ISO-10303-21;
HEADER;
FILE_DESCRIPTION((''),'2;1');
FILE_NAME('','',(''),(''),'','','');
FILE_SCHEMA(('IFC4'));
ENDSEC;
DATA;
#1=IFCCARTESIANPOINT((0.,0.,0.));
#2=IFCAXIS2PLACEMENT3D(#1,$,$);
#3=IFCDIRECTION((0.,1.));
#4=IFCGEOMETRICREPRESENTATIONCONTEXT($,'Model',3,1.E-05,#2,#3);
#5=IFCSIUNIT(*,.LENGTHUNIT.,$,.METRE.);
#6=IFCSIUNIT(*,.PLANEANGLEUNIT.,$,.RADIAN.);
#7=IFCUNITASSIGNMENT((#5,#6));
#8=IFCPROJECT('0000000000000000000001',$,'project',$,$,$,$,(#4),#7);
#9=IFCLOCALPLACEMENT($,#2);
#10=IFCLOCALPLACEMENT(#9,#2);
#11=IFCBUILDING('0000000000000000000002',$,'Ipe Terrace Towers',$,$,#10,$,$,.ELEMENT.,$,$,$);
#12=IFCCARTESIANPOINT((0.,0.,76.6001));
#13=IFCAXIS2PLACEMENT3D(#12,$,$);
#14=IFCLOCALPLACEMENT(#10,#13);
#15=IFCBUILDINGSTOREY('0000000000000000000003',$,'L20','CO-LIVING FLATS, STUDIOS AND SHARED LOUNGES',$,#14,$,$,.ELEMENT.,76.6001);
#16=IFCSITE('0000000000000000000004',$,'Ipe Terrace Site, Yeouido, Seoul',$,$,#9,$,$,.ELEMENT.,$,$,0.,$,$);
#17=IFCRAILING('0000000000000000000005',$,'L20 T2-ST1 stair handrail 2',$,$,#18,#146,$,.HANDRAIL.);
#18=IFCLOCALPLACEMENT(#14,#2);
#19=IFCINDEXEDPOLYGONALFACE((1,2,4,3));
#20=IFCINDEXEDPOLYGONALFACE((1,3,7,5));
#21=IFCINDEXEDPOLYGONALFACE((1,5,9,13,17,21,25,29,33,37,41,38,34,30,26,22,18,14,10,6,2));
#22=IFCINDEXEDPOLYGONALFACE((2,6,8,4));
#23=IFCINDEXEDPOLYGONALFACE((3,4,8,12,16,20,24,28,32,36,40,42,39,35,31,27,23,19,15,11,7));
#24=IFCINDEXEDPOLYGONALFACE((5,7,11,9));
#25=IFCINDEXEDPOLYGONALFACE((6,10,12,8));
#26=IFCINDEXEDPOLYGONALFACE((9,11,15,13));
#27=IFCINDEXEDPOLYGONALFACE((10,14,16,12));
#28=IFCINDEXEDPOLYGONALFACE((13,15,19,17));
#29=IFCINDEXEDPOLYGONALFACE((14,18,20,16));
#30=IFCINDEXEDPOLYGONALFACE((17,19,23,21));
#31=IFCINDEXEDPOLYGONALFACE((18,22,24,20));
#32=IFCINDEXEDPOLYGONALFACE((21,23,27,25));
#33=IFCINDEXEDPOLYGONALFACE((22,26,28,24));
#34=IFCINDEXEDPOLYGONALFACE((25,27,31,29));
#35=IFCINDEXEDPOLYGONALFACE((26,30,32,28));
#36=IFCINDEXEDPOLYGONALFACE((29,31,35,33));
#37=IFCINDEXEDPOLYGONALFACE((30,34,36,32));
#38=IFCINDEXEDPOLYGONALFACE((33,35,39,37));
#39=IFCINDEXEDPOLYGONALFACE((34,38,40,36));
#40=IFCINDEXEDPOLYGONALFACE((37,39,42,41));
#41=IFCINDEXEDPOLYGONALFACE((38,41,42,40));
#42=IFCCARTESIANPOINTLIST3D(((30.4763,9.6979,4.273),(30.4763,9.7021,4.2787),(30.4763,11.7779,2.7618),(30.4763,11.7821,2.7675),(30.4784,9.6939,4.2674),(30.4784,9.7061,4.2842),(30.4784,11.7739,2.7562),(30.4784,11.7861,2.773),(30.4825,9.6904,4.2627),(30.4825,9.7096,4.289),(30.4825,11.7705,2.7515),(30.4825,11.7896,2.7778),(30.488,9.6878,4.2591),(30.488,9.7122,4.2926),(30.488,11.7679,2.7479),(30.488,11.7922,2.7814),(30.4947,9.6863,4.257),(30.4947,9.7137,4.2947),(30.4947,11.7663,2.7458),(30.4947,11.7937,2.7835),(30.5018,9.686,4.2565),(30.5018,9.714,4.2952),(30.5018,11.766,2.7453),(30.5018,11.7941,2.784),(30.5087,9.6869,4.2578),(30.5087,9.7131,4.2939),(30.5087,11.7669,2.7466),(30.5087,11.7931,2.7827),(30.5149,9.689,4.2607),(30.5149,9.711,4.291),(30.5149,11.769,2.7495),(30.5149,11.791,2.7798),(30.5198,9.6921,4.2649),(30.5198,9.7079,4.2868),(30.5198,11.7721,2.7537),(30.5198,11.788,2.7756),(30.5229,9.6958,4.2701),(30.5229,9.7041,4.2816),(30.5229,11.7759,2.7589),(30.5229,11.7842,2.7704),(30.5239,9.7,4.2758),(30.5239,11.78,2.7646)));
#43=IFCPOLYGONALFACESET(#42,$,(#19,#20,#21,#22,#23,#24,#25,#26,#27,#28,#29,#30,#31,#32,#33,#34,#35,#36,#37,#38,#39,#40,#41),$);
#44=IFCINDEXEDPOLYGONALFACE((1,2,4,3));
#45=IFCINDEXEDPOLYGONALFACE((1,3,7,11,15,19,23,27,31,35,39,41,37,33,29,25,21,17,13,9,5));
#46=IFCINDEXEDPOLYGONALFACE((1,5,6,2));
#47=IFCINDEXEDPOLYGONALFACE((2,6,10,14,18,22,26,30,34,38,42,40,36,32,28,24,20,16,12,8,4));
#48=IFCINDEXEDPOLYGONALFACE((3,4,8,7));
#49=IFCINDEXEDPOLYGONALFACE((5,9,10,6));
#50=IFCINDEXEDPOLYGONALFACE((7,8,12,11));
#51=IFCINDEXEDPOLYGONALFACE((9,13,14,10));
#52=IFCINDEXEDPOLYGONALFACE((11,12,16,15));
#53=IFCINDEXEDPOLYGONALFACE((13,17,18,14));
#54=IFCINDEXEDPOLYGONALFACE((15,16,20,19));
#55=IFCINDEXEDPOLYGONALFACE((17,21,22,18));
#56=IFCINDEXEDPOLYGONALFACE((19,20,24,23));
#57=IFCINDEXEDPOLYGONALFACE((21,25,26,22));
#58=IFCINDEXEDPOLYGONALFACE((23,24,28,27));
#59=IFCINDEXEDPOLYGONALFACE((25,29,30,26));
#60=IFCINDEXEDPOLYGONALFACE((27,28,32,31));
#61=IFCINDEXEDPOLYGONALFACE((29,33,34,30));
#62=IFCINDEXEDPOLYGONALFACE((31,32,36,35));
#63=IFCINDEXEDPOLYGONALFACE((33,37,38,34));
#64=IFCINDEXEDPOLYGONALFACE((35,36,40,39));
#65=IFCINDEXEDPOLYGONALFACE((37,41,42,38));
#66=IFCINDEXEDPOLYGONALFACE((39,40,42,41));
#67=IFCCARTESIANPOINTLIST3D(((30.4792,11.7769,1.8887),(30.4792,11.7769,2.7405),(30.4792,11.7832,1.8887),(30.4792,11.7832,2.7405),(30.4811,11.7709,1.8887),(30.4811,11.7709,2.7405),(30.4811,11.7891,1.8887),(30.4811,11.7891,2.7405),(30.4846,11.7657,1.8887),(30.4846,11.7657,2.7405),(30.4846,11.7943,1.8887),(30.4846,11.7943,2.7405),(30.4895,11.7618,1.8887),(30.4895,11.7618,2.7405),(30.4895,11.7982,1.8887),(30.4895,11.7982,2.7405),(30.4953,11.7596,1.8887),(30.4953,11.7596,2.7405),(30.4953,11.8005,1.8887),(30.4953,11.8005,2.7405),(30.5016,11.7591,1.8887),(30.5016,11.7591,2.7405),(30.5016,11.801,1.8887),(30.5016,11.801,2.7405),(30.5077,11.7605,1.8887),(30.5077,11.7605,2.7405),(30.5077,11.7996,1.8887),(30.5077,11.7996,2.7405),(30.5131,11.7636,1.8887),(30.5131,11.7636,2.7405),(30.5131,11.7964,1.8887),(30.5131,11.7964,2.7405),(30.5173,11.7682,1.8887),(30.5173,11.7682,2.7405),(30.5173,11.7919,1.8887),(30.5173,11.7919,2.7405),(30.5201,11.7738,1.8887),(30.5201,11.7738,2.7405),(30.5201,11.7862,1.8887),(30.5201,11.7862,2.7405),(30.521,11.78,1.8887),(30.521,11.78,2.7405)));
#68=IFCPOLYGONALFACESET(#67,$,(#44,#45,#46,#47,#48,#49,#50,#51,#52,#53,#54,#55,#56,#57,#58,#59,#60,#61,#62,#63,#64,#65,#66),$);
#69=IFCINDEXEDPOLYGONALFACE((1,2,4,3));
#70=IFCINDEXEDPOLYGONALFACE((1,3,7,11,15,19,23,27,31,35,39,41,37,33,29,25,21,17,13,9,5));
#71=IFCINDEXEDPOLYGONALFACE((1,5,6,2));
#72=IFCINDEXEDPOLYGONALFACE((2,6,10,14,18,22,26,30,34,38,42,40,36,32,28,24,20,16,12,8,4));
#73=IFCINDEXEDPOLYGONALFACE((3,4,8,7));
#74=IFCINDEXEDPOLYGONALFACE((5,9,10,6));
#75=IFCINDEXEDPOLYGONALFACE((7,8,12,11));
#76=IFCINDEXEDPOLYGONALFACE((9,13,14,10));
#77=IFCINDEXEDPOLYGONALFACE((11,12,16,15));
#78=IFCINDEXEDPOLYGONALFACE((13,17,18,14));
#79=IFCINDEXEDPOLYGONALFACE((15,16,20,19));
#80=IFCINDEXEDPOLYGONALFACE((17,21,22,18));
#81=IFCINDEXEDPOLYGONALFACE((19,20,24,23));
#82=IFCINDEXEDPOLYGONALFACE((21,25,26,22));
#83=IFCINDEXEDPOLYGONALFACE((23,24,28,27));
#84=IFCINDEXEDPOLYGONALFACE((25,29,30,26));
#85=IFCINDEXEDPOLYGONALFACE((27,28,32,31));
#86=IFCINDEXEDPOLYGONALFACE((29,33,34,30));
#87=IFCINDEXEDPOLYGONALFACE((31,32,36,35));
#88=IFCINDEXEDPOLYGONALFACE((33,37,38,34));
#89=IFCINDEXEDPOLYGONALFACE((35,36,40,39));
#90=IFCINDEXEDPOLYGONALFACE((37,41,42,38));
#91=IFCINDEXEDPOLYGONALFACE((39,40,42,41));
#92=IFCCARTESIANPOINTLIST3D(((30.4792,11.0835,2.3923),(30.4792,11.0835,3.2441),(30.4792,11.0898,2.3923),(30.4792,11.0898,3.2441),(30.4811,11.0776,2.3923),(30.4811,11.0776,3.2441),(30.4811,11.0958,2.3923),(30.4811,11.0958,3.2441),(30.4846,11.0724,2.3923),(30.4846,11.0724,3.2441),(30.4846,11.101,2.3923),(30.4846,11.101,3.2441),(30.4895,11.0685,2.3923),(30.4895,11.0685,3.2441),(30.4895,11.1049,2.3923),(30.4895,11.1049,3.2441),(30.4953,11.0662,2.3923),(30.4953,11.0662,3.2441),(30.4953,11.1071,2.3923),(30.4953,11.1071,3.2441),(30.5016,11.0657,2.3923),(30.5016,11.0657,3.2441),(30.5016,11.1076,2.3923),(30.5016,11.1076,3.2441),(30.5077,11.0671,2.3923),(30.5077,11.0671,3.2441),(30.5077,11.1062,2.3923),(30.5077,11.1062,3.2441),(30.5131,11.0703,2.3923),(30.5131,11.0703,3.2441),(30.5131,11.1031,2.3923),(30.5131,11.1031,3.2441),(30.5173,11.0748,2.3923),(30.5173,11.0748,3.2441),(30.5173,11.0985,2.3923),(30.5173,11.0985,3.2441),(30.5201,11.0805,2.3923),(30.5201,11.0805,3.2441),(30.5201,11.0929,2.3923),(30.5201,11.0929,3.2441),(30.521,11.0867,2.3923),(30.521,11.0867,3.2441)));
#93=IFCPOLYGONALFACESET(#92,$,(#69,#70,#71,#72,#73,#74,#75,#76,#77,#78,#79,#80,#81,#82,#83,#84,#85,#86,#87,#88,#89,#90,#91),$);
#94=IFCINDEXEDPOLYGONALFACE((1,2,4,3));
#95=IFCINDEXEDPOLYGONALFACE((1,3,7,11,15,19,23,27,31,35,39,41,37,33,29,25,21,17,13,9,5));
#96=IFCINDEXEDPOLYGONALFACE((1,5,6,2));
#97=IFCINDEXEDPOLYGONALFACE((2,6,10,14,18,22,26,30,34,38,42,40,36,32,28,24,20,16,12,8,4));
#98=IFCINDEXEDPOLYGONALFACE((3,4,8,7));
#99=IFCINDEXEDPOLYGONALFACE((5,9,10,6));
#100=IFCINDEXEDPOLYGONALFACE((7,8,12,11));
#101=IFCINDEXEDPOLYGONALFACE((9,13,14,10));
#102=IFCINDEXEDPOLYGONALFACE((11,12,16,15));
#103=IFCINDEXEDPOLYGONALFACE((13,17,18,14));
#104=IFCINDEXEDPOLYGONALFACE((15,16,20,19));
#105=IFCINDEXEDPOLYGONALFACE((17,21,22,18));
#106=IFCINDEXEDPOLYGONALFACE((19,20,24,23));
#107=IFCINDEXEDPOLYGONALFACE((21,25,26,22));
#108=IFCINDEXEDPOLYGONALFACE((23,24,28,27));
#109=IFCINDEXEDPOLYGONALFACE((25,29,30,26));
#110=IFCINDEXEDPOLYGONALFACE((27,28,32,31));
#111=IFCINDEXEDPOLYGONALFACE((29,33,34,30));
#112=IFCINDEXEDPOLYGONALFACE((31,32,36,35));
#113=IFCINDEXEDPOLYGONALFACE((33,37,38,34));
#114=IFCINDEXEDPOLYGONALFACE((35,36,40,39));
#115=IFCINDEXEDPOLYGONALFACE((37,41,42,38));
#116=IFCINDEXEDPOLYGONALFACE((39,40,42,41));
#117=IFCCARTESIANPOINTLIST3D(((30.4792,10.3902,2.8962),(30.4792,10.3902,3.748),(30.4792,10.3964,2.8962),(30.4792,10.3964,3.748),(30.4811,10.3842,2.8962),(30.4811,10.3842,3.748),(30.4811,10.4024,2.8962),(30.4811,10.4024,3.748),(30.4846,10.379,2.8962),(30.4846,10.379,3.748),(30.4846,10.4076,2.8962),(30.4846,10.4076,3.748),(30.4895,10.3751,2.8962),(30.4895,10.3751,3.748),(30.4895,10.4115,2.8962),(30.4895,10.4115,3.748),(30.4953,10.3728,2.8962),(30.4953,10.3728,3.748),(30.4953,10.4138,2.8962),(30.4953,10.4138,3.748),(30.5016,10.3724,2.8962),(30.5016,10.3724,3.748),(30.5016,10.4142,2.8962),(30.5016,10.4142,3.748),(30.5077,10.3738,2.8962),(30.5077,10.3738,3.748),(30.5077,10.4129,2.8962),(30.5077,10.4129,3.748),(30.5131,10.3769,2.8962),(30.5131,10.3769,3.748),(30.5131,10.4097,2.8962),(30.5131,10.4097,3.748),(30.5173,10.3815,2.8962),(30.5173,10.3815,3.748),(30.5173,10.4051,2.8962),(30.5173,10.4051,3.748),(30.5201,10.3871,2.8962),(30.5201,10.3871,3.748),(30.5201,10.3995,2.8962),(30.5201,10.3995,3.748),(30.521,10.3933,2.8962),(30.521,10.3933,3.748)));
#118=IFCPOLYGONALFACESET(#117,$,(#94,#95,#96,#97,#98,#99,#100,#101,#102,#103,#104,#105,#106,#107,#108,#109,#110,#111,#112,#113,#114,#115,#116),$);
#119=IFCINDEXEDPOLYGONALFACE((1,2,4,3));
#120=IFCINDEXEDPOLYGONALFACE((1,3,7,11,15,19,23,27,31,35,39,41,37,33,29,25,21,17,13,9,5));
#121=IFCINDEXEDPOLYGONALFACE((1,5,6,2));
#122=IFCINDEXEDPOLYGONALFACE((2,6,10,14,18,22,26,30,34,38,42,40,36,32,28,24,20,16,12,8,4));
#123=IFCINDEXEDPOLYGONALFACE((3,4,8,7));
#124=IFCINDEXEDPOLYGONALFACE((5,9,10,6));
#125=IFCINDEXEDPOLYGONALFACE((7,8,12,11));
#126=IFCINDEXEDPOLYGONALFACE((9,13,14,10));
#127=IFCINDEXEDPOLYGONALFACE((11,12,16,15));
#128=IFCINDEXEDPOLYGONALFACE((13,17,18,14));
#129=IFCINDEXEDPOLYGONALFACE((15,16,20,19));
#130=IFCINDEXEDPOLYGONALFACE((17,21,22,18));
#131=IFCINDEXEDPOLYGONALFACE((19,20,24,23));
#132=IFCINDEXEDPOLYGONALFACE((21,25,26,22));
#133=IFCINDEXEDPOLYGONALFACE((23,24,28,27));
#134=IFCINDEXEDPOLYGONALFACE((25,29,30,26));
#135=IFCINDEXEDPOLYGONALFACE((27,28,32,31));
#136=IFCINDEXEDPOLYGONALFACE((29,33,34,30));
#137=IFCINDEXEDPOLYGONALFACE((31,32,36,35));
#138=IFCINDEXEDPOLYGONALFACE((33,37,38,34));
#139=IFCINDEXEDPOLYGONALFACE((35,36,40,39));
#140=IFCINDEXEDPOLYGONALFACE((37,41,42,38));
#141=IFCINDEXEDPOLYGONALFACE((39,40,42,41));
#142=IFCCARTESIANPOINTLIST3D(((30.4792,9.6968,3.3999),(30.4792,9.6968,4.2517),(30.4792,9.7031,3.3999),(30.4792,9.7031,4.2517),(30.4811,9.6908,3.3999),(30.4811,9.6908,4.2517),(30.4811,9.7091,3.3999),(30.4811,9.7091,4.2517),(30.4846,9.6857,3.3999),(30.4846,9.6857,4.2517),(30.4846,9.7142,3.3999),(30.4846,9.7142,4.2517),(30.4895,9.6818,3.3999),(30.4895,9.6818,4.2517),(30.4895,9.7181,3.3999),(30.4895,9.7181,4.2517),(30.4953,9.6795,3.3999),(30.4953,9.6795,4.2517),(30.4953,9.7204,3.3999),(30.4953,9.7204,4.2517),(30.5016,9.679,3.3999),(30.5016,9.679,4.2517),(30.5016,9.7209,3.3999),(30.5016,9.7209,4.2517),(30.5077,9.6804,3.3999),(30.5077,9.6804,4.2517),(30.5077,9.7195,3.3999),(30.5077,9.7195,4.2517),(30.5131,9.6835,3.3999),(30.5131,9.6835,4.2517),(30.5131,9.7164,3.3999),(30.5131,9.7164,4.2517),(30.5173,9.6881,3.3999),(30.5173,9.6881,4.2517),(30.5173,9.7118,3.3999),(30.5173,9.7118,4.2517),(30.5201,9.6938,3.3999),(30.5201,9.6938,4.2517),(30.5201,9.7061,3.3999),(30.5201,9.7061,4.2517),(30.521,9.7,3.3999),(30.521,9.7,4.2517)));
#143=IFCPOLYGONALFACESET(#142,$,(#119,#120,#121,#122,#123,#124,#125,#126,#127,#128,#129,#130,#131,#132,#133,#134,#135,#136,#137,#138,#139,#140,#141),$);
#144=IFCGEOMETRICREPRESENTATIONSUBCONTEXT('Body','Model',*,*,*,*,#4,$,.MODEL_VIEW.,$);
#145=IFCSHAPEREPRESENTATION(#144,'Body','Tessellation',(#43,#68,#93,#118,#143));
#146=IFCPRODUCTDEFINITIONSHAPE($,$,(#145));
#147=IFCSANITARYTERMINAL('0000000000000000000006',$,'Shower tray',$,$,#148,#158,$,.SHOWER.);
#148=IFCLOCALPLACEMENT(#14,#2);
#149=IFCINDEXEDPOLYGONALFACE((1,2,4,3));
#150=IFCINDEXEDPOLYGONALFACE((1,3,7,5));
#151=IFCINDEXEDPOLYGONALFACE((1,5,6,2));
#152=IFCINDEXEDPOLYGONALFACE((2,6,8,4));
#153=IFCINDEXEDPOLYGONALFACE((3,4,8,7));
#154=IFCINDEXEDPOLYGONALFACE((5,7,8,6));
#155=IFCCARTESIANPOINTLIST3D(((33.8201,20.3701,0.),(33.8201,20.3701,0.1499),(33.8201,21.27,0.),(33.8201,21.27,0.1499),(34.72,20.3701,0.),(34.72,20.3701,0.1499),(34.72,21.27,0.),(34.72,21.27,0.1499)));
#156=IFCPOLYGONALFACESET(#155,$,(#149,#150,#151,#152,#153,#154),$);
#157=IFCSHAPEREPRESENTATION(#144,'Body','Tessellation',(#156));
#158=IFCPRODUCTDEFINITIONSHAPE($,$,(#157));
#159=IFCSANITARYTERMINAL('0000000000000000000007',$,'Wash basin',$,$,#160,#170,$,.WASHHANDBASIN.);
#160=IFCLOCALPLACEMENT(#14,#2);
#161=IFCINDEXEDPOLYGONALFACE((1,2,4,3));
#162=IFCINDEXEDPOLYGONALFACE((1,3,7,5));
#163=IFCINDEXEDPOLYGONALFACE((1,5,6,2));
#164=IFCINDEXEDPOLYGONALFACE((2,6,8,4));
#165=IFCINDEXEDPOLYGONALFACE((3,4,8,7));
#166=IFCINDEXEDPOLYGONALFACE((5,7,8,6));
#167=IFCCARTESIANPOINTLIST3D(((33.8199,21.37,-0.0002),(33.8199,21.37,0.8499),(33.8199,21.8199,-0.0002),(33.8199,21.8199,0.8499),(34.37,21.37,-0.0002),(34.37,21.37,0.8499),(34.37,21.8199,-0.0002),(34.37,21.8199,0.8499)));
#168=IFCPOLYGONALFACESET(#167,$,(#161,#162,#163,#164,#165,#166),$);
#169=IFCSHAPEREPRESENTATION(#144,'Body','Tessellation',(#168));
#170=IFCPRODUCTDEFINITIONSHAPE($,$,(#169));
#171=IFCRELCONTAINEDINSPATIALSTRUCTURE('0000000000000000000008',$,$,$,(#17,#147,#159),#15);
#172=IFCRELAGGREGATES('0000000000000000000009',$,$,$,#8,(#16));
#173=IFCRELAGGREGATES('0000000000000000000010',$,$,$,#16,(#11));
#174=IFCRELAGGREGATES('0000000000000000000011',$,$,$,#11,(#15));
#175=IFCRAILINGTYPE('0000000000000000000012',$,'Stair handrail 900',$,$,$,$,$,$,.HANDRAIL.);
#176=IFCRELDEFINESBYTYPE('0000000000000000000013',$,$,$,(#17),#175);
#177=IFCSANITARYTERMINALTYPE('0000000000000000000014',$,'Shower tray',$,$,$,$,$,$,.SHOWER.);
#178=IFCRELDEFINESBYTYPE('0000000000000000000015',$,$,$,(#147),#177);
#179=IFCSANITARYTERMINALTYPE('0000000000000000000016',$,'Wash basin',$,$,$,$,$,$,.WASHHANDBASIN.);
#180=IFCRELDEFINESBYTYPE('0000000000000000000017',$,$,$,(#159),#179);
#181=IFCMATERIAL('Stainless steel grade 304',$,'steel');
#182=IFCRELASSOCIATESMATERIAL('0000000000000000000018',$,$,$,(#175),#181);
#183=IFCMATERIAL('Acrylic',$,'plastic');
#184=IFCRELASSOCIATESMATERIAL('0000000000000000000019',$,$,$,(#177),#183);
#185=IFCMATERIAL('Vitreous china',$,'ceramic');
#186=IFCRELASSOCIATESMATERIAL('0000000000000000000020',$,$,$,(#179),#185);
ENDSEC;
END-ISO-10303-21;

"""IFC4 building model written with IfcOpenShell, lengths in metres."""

from ifc_helpers import new_model, si_unit, direction, frame, origin, origin_2d, place, context, subcontext, project, spatial, rectangle, circle, extrude, material, type_object, element, save


model = new_model("IFC4")

# Units and contexts
model_context = context("Model", 3, precision=1e-05, world=origin(), true_north=direction((0.0, 1.0)))
body_context = subcontext(model_context, "Body", "Model", "MODEL_VIEW")
ifc_project = project(units=[si_unit("LENGTHUNIT", "METRE"), si_unit("PLANEANGLEUNIT", "RADIAN")], contexts=[model_context])

# Site, building, storey
site_placement = place(None, origin())
site = spatial("IfcSite", under=ifc_project, at=site_placement, Name="Ipe Terrace Site, Yeouido, Seoul", CompositionType="ELEMENT", RefElevation=0.0)
building_placement = place(site_placement, origin())
building = spatial("IfcBuilding", under=site, at=building_placement, Name="Ipe Terrace Towers", CompositionType="ELEMENT")
storey_placement = place(building_placement, frame((0.0, 0.0, 76.6001)))
storey = spatial("IfcBuildingStorey", under=building, at=storey_placement, Name="L20", Description="CO-LIVING FLATS, STUDIOS AND SHARED LOUNGES", CompositionType="ELEMENT", Elevation=76.6001)

# Railing
ifc_material_1 = material(Name="Stainless steel grade 304", Category="steel")
railing_type_1 = type_object("IfcRailingType", Name="Stair handrail 900", PredefinedType="HANDRAIL", material=ifc_material_1)
railing_1_placement = place(storey_placement, frame((30.5, 11.78, 1.8887)))
element("IfcRailing", 1, at=railing_1_placement, inside=storey, type_object=railing_type_1, Name="L20 T2-ST1 stair handrail 2", PredefinedType="HANDRAIL", context=body_context, shape_type="SweptSolid", body=[
    extrude(circle(Radius=0.0239, at=origin_2d()), frame((0.0, 0.0, 0.876), z_axis=(0.0, -0.809023, 0.587776), x_axis=(1.0, 0.0, 0.0)), (0.0, 0.0, 1.0), 2.571),
    extrude(circle(Radius=0.021, at=origin_2d()), origin(), (0.0, 0.0, 1.0), 0.8518),
    extrude(circle(Radius=0.021, at=origin_2d()), frame((0.0, -0.6934, 0.5037)), (0.0, 0.0, 1.0), 0.8518),
    extrude(circle(Radius=0.021, at=origin_2d()), frame((0.0, -1.3867, 1.0076)), (0.0, 0.0, 1.0), 0.8518),
    extrude(circle(Radius=0.021, at=origin_2d()), frame((0.0, -2.0801, 1.5112)), (0.0, 0.0, 1.0), 0.8518),
])

# Sanitary terminals
ifc_material_2 = material(Name="Acrylic", Category="plastic")
sanitary_terminal_type_1 = type_object("IfcSanitaryTerminalType", Name="Shower tray", PredefinedType="SHOWER", material=ifc_material_2)
sanitary_terminal_1_placement = place(storey_placement, frame((34.27, 20.8201, 0.0), z_axis=(0.0, 0.0, 1.0), x_axis=(1.0, 0.0, 0.0)))
element("IfcSanitaryTerminal", 2, at=sanitary_terminal_1_placement, inside=storey, type_object=sanitary_terminal_type_1, Name="Shower tray", PredefinedType="SHOWER", context=body_context, shape_type="SweptSolid", body=[
    extrude(rectangle(XDim=0.8999, YDim=0.8999, at=origin_2d()), origin(), (0.0, 0.0, 1.0), 0.1499),
])
ifc_material_3 = material(Name="Vitreous china", Category="ceramic")
sanitary_terminal_type_2 = type_object("IfcSanitaryTerminalType", Name="Wash basin", PredefinedType="WASHHANDBASIN", material=ifc_material_3)
sanitary_terminal_2_placement = place(storey_placement, frame((34.095, 21.595, -0.0002), z_axis=(0.0, 0.0, 1.0), x_axis=(1.0, 0.0, 0.0)))
element("IfcSanitaryTerminal", 3, at=sanitary_terminal_2_placement, inside=storey, type_object=sanitary_terminal_type_2, Name="Wash basin", PredefinedType="WASHHANDBASIN", context=body_context, shape_type="SweptSolid", body=[
    extrude(rectangle(XDim=0.55, YDim=0.45, at=origin_2d()), origin(), (0.0, 0.0, 1.0), 0.8501),
])

save(model, "model.ifc")
